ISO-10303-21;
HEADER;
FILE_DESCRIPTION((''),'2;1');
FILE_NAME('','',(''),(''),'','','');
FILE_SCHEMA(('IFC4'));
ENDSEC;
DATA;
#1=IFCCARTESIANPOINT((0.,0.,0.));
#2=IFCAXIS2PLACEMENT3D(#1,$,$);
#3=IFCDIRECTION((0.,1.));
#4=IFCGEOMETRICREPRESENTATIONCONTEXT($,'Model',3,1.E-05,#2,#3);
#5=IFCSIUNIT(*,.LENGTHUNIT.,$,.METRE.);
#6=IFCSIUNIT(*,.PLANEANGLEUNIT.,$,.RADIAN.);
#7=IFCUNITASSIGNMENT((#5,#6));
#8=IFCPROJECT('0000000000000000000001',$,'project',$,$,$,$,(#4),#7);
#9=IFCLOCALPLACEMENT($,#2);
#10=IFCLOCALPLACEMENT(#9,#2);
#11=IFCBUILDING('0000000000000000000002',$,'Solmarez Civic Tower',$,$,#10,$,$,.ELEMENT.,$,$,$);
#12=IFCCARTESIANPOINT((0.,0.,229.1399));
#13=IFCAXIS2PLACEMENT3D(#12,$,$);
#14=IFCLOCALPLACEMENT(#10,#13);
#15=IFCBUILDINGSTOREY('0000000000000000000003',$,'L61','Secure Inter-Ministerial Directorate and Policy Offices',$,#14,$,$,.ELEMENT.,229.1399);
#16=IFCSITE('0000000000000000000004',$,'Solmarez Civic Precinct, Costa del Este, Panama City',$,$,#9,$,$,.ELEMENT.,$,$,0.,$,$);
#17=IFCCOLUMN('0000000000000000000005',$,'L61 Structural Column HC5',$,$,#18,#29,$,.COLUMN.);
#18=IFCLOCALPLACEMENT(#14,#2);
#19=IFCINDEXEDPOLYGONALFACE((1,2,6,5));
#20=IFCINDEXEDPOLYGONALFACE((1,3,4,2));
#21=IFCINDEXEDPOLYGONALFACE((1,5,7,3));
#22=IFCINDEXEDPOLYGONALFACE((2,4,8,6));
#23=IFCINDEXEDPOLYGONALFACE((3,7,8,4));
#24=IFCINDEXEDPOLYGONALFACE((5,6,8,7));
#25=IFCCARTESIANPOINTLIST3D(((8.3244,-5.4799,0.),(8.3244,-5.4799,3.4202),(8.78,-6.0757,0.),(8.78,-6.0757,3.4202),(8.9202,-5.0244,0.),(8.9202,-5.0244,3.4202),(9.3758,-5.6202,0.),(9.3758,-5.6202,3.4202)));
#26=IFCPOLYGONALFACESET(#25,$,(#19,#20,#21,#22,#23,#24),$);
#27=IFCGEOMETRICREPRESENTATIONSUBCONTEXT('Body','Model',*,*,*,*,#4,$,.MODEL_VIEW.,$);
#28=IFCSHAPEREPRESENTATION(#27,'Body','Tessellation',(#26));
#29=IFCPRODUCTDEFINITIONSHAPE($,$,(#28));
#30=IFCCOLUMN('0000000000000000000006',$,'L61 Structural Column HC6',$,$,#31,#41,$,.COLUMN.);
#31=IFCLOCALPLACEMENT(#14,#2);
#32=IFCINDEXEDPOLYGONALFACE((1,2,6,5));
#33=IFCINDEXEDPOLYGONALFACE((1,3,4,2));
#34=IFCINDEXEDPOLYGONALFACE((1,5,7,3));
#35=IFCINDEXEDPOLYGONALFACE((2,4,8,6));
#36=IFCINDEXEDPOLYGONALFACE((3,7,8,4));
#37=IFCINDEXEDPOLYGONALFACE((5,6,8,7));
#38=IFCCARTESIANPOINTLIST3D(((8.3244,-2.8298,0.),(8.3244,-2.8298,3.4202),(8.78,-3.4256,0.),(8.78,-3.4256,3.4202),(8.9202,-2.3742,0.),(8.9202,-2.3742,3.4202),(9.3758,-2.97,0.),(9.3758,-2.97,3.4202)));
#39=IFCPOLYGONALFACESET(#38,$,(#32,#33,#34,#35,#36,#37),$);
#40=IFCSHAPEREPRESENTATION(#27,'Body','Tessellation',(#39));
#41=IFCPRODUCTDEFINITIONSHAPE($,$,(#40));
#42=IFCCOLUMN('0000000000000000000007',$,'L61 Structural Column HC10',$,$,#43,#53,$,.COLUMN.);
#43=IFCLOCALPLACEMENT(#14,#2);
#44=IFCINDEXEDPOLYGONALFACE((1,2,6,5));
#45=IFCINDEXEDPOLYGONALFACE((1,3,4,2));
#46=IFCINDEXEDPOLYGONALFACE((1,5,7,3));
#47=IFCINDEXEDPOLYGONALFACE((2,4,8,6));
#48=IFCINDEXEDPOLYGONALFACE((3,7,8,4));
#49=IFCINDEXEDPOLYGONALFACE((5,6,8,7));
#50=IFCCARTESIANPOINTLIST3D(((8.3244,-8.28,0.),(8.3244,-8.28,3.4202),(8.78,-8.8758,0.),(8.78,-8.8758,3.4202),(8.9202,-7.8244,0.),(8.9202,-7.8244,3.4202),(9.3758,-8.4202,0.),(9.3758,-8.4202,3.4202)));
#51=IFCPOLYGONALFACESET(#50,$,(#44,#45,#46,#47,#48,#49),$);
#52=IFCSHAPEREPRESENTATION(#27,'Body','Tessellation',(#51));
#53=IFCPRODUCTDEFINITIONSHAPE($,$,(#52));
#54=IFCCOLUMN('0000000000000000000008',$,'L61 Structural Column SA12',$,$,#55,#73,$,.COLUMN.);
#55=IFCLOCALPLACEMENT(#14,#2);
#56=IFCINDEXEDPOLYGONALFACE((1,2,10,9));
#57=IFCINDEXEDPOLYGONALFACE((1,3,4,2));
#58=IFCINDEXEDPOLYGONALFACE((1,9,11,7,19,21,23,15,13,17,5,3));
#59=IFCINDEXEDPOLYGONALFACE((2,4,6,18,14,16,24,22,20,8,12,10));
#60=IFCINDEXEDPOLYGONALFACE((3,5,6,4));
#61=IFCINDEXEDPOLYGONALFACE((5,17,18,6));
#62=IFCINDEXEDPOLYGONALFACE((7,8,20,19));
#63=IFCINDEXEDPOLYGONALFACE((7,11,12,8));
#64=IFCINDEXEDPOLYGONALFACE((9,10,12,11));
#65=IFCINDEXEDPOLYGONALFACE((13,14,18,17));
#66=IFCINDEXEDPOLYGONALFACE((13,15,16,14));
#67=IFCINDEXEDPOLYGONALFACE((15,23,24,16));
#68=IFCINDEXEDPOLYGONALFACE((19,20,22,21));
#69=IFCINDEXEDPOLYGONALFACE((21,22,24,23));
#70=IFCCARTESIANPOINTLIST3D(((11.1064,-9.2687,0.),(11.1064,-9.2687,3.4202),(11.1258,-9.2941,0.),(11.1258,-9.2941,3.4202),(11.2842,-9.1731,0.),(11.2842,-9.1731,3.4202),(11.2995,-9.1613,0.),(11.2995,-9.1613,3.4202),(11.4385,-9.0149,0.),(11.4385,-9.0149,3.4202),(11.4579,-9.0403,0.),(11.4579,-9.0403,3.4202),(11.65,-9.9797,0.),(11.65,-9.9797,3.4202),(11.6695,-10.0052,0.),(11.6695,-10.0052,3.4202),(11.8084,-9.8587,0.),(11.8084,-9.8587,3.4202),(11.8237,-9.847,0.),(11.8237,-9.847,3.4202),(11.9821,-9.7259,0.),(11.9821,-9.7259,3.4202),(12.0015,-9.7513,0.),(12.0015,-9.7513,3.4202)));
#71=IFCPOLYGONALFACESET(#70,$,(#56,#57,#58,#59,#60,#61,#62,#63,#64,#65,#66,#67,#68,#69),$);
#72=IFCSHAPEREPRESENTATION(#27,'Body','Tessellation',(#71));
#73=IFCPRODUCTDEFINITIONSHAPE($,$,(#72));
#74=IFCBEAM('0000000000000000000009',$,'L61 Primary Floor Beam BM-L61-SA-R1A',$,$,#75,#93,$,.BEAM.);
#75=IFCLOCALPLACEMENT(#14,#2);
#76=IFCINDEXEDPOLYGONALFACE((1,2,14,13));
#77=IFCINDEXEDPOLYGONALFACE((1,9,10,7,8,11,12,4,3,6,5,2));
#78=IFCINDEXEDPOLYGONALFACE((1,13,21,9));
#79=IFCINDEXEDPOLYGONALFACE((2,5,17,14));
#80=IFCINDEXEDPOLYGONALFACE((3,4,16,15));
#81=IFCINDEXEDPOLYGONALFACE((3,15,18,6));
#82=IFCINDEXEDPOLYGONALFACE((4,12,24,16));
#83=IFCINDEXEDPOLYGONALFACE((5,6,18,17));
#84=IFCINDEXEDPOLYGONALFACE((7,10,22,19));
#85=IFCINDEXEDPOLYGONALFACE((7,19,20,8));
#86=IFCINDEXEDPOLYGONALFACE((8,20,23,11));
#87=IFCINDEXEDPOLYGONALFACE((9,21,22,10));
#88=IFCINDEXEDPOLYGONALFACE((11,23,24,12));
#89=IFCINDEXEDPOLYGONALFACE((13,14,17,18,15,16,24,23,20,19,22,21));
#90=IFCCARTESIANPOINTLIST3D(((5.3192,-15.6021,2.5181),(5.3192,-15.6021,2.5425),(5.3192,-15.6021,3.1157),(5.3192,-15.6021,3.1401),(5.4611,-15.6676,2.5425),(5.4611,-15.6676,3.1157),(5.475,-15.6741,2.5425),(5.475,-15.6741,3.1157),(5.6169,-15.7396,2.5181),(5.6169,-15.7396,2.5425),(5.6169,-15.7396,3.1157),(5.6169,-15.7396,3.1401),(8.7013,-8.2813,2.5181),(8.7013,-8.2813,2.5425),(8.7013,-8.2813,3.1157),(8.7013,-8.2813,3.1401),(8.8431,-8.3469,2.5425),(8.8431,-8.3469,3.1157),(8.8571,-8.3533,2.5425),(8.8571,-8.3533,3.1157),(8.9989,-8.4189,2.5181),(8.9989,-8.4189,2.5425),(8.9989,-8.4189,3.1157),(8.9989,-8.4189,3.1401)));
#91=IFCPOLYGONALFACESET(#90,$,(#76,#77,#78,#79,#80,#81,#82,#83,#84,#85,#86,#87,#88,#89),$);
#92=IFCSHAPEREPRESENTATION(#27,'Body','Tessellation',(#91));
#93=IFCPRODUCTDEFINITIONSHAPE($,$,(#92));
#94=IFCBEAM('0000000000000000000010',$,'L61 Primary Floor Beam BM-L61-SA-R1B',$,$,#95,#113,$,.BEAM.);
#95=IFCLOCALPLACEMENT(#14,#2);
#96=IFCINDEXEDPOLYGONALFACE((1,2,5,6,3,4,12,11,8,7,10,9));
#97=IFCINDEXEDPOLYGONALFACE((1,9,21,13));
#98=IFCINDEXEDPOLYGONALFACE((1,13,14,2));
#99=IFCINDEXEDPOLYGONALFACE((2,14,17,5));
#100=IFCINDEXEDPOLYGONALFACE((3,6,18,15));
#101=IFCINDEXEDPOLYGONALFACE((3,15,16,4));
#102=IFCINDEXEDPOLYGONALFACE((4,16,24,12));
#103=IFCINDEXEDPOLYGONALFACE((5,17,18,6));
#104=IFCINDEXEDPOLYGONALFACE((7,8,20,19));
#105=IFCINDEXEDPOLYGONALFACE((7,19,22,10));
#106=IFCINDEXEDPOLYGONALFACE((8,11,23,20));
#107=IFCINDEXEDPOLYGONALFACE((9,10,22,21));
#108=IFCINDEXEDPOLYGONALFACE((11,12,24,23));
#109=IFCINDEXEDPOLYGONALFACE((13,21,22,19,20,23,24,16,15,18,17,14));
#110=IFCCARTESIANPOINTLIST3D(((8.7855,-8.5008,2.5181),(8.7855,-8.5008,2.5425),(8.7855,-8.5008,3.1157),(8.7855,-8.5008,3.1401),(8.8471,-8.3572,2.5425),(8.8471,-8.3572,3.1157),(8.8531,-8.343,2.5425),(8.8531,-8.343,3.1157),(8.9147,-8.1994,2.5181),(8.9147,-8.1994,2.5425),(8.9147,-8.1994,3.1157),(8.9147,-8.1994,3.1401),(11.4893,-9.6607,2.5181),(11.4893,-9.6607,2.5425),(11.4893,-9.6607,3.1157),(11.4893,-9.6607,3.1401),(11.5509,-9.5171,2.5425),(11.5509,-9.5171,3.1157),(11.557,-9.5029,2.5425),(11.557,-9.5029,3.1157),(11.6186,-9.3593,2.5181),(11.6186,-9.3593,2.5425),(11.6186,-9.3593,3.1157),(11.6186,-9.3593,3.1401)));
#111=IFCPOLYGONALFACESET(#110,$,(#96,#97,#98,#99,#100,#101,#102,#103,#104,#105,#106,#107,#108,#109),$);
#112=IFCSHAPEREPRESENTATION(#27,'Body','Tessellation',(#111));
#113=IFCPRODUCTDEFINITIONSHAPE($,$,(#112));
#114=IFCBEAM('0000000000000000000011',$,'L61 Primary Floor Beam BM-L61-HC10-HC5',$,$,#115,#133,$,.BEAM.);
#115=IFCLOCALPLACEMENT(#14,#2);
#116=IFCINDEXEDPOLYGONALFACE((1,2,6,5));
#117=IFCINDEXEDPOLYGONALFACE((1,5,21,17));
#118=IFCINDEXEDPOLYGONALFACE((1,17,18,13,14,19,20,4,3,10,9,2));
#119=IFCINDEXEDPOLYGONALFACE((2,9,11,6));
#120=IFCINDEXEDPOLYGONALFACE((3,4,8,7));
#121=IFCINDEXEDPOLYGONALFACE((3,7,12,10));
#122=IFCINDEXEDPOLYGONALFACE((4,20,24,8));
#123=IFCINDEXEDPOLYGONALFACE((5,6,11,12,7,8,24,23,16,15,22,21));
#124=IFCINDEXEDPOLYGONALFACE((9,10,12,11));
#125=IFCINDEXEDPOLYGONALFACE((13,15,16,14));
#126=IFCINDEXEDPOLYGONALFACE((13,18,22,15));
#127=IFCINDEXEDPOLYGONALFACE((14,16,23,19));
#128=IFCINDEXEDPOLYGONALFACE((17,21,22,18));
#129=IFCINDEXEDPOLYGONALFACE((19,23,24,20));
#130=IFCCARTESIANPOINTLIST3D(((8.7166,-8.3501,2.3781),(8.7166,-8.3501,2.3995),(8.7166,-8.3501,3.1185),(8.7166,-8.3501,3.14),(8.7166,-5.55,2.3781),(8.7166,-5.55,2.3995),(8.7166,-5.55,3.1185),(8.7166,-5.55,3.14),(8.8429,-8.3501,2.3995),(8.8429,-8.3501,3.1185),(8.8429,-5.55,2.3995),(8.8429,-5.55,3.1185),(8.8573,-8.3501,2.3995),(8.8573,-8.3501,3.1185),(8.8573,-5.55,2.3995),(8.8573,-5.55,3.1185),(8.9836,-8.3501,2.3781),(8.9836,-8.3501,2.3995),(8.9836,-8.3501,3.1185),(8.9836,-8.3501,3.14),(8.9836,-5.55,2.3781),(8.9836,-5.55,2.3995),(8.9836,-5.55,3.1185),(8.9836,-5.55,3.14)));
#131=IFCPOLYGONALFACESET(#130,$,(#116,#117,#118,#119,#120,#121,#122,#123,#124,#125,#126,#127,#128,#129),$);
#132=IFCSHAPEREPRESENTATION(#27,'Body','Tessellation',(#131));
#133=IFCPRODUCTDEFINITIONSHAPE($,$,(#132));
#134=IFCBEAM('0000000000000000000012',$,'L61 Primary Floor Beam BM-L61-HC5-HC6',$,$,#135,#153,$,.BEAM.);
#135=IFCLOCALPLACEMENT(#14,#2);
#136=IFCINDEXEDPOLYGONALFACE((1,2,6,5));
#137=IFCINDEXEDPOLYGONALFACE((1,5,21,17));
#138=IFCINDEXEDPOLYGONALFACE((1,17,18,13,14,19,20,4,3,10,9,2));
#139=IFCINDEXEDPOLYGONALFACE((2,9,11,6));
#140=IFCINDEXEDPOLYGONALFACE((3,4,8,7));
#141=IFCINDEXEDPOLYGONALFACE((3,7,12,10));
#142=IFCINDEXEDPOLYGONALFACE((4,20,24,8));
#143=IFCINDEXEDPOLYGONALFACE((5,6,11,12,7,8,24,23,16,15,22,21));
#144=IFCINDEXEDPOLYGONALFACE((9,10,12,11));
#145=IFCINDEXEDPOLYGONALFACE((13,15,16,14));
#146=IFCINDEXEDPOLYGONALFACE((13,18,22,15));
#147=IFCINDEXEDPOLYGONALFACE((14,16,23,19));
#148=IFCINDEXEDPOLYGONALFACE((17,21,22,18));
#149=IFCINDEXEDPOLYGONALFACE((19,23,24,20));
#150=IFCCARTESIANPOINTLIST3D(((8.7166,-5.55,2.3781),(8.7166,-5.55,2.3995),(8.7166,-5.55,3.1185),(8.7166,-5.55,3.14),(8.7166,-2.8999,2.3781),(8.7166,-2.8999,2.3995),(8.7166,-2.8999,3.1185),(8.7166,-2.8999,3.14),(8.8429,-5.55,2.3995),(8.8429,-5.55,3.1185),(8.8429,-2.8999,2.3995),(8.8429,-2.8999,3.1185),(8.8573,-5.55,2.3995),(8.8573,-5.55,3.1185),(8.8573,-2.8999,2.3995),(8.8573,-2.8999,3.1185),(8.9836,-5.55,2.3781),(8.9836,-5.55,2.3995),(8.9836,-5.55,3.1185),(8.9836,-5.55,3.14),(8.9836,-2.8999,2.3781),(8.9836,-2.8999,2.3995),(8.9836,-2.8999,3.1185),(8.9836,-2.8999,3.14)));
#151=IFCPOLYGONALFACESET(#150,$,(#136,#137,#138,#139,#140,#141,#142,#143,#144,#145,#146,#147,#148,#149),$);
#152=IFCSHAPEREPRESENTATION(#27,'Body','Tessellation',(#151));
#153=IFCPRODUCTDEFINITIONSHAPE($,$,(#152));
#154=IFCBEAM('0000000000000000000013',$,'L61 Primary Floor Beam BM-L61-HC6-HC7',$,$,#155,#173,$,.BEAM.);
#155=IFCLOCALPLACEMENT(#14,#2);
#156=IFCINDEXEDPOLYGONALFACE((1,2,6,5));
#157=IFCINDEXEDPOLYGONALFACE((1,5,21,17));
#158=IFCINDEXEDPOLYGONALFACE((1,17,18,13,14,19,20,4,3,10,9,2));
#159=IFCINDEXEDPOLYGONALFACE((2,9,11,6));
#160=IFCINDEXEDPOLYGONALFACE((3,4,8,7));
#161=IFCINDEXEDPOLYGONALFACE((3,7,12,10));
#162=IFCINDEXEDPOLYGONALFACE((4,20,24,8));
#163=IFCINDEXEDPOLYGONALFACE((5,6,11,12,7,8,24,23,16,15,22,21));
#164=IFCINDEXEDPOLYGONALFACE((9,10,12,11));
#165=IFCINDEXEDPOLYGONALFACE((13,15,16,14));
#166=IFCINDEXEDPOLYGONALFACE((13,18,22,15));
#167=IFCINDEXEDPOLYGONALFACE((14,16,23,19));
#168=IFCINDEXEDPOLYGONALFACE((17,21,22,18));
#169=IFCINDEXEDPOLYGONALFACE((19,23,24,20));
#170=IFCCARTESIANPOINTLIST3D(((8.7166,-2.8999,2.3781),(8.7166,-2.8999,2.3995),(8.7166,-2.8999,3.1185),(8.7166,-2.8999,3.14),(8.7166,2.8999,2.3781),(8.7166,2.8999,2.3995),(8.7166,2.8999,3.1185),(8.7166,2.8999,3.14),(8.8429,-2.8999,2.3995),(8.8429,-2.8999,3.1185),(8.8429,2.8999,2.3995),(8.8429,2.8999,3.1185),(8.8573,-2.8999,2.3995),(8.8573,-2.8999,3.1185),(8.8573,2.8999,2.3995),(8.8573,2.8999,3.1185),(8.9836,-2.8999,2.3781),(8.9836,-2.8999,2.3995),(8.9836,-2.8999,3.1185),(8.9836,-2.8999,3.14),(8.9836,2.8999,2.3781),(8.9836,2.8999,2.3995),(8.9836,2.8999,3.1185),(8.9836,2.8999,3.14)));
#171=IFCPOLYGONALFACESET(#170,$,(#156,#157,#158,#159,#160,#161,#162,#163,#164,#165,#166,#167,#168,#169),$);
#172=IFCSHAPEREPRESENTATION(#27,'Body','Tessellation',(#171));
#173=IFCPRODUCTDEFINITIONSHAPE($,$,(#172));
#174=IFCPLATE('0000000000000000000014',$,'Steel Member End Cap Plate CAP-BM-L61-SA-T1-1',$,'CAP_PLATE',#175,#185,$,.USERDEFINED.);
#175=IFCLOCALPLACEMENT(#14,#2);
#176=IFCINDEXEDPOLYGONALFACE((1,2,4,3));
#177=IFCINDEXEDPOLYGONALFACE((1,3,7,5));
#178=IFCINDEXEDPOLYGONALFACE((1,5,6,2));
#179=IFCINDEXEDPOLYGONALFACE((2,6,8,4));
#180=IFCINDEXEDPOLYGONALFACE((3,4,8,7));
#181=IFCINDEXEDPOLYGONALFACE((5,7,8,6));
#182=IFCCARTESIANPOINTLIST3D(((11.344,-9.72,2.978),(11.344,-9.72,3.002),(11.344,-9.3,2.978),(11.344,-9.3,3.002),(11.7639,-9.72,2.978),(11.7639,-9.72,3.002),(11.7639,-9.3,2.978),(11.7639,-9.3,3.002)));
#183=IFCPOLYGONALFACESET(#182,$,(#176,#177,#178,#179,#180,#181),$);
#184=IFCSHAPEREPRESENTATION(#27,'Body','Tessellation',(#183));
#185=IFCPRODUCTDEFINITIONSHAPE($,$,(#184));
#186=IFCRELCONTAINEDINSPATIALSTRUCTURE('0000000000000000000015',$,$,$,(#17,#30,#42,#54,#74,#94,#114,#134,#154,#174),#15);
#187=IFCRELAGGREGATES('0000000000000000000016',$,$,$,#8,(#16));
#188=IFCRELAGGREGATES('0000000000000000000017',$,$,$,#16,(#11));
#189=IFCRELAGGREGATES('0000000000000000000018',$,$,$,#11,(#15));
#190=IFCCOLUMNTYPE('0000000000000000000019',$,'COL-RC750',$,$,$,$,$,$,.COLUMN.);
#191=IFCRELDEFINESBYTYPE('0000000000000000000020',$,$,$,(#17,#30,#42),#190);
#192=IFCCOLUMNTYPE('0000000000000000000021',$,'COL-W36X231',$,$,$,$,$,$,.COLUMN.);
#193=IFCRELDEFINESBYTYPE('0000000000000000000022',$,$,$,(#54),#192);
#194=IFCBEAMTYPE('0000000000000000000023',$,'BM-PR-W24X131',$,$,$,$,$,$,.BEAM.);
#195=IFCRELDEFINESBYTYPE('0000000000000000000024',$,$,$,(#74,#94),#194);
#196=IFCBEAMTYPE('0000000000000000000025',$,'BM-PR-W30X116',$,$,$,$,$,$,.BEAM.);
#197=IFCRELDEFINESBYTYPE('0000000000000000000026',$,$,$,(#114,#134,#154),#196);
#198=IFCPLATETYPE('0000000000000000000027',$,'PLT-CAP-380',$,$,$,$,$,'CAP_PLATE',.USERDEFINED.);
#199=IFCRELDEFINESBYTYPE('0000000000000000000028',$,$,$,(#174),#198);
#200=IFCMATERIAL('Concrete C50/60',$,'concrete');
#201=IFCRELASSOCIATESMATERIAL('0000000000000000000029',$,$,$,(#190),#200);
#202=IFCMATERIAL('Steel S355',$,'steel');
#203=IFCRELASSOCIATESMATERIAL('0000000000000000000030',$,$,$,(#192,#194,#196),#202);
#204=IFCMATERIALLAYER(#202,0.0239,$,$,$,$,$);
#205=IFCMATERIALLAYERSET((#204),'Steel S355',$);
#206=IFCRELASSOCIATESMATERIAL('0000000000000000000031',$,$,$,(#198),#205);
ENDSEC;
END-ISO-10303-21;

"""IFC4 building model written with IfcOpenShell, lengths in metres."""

from ifc_helpers import new_model, si_unit, direction, frame, origin, origin_2d, place, context, subcontext, project, spatial, rectangle, i_section, extrude, material, layer, layer_set, material_profile, profile_set, type_object, element, save


model = new_model("IFC4")

# Units and contexts
model_context = context("Model", 3, precision=1e-05, world=origin(), true_north=direction((0.0, 1.0)))
body_context = subcontext(model_context, "Body", "Model", "MODEL_VIEW")
ifc_project = project(units=[si_unit("LENGTHUNIT", "METRE"), si_unit("PLANEANGLEUNIT", "RADIAN")], contexts=[model_context])

# Site, building, storey
site_placement = place(None, origin())
site = spatial("IfcSite", under=ifc_project, at=site_placement, Name="Solmarez Civic Precinct, Costa del Este, Panama City", CompositionType="ELEMENT", RefElevation=0.0)
building_placement = place(site_placement, origin())
building = spatial("IfcBuilding", under=site, at=building_placement, Name="Solmarez Civic Tower", CompositionType="ELEMENT")
storey_placement = place(building_placement, frame((0.0, 0.0, 229.1399)))
storey = spatial("IfcBuildingStorey", under=building, at=storey_placement, Name="L61", Description="Secure Inter-Ministerial Directorate and Policy Offices", CompositionType="ELEMENT", Elevation=229.1399)

# Columns
ifc_material_1 = material(Name="Concrete C50/60", Category="concrete")
ifc_material_profile_1 = material_profile(ifc_material_1, rectangle(XDim=0.75, YDim=0.75, at=origin_2d()), Name="RC750X750")
ifc_profile_set_1 = profile_set([ifc_material_profile_1], Name="Concrete C50/60")
column_type_1 = type_object("IfcColumnType", Name="COL-RC750", PredefinedType="COLUMN", material=ifc_profile_set_1)
for number, where, z_axis, x_axis, name in (
    (1, (8.8501, -5.55, 0.0), (0.0, 0.0, 1.0), (0.794415, 0.607376, 0.0), "L61 Structural Column HC5"),
    (2, (8.8501, -2.8999, 0.0), (0.0, 0.0, 1.0), (0.794415, 0.607376, 0.0), "L61 Structural Column HC6"),
    (3, (8.8501, -8.3501, 0.0), (0.0, 0.0, 1.0), (0.794415, 0.607376, 0.0), "L61 Structural Column HC10"),
):
    element("IfcColumn", number, at=place(storey_placement, frame(where, z_axis=z_axis, x_axis=x_axis)), inside=storey, type_object=column_type_1, Name=name, PredefinedType="COLUMN", context=body_context, shape_type="SweptSolid", body=[
        extrude(rectangle(XDim=0.75, YDim=0.75, at=origin_2d()), origin(), (0.0, 0.0, 1.0), 3.4202),
    ])
ifc_material_2 = material(Name="Steel S355", Category="steel")
ifc_material_profile_2 = material_profile(ifc_material_2, i_section(OverallWidth=0.418, OverallDepth=0.927, WebThickness=0.0193, FlangeThickness=0.032, at=origin_2d()), Name="W36X231")
ifc_profile_set_2 = profile_set([ifc_material_profile_2], Name="Steel S355")
column_type_2 = type_object("IfcColumnType", Name="COL-W36X231", PredefinedType="COLUMN", material=ifc_profile_set_2)
column_placement = place(storey_placement, frame((11.554, -9.51, 0.0), z_axis=(0.0, 0.0, 1.0), x_axis=(0.794415, 0.607376, 0.0)))
element("IfcColumn", 4, at=column_placement, inside=storey, type_object=column_type_2, Name="L61 Structural Column SA12", PredefinedType="COLUMN", context=body_context, shape_type="SweptSolid", body=[
    extrude(i_section(OverallWidth=0.418, OverallDepth=0.927, WebThickness=0.0193, FlangeThickness=0.032, at=origin_2d()), origin(), (0.0, 0.0, 1.0), 3.4202),
])

# Beams
ifc_material_profile_3 = material_profile(ifc_material_2, i_section(OverallWidth=0.3279, OverallDepth=0.6221, WebThickness=0.0154, FlangeThickness=0.0244, at=origin_2d()), Name="W24X131")
ifc_profile_set_3 = profile_set([ifc_material_profile_3], Name="Steel S355")
beam_type_1 = type_object("IfcBeamType", Name="BM-PR-W24X131", PredefinedType="BEAM", material=ifc_profile_set_3)
beam_1_placement = place(storey_placement, frame((8.8501, -8.3501, 2.8291), z_axis=(-0.41939, -0.907806, 0.0), x_axis=(0.907806, -0.41939, 0.0)))
element("IfcBeam", 5, at=beam_1_placement, inside=storey, type_object=beam_type_1, Name="L61 Primary Floor Beam BM-L61-SA-R1A", PredefinedType="BEAM", context=body_context, shape_type="SweptSolid", body=[
    extrude(i_section(OverallWidth=0.3279, OverallDepth=0.6221, WebThickness=0.0154, FlangeThickness=0.0244, at=origin_2d()), origin(), (0.0, 0.0, 1.0), 8.0642),
])
beam_2_placement = place(storey_placement, frame((8.8501, -8.3501, 2.8291), z_axis=(0.919008, -0.39424, 0.0), x_axis=(0.39424, 0.919008, 0.0)))
element("IfcBeam", 6, at=beam_2_placement, inside=storey, type_object=beam_type_1, Name="L61 Primary Floor Beam BM-L61-SA-R1B", PredefinedType="BEAM", context=body_context, shape_type="SweptSolid", body=[
    extrude(i_section(OverallWidth=0.3279, OverallDepth=0.6221, WebThickness=0.0154, FlangeThickness=0.0244, at=origin_2d()), origin(), (0.0, 0.0, 1.0), 2.9421),
])
ifc_material_profile_4 = material_profile(ifc_material_2, i_section(OverallWidth=0.2671, OverallDepth=0.762, WebThickness=0.0144, FlangeThickness=0.0215, at=origin_2d()), Name="W30X116")
ifc_profile_set_4 = profile_set([ifc_material_profile_4], Name="Steel S355")
beam_type_2 = type_object("IfcBeamType", Name="BM-PR-W30X116", PredefinedType="BEAM", material=ifc_profile_set_4)
beam_3_placement = place(storey_placement, frame((8.8501, -8.3501, 2.759), z_axis=(0.0, 1.0, 0.0), x_axis=(-1.0, 0.0, 0.0)))
element("IfcBeam", 7, at=beam_3_placement, inside=storey, type_object=beam_type_2, Name="L61 Primary Floor Beam BM-L61-HC10-HC5", PredefinedType="BEAM", context=body_context, shape_type="SweptSolid", body=[
    extrude(i_section(OverallWidth=0.2671, OverallDepth=0.762, WebThickness=0.0144, FlangeThickness=0.0215, at=origin_2d()), origin(), (0.0, 0.0, 1.0), 2.8),
])
beam_4_placement = place(storey_placement, frame((8.8501, -5.55, 2.759), z_axis=(0.0, 1.0, 0.0), x_axis=(-1.0, 0.0, 0.0)))
element("IfcBeam", 8, at=beam_4_placement, inside=storey, type_object=beam_type_2, Name="L61 Primary Floor Beam BM-L61-HC5-HC6", PredefinedType="BEAM", context=body_context, shape_type="SweptSolid", body=[
    extrude(i_section(OverallWidth=0.2671, OverallDepth=0.762, WebThickness=0.0144, FlangeThickness=0.0215, at=origin_2d()), origin(), (0.0, 0.0, 1.0), 2.6501),
])
beam_5_placement = place(storey_placement, frame((8.8501, -2.8999, 2.759), z_axis=(0.0, 1.0, 0.0), x_axis=(-1.0, 0.0, 0.0)))
element("IfcBeam", 9, at=beam_5_placement, inside=storey, type_object=beam_type_2, Name="L61 Primary Floor Beam BM-L61-HC6-HC7", PredefinedType="BEAM", context=body_context, shape_type="SweptSolid", body=[
    extrude(i_section(OverallWidth=0.2671, OverallDepth=0.762, WebThickness=0.0144, FlangeThickness=0.0215, at=origin_2d()), origin(), (0.0, 0.0, 1.0), 5.7998),
])

# Plate
ifc_layer_1 = layer(ifc_material_2, 0.0239)
ifc_layer_set_1 = layer_set([ifc_layer_1], Name="Steel S355")
plate_type = type_object("IfcPlateType", Name="PLT-CAP-380", ElementType="CAP_PLATE", PredefinedType="USERDEFINED", material=ifc_layer_set_1)
for number, where, z_axis, x_axis, name in (
    (10, (11.554, -9.51, 2.978), (0.0, 0.0, 1.0), (1.0, 0.0, 0.0), "Steel Member End Cap Plate CAP-BM-L61-SA-T1-1"),
):
    element("IfcPlate", number, at=place(storey_placement, frame(where, z_axis=z_axis, x_axis=x_axis)), inside=storey, type_object=plate_type, Name=name, ObjectType="CAP_PLATE", PredefinedType="USERDEFINED", context=body_context, shape_type="SweptSolid", body=[
        extrude(rectangle(XDim=0.4199, YDim=0.4199, at=origin_2d()), origin(), (0.0, 0.0, 1.0), 0.0239),
    ])

save(model, "model.ifc")
